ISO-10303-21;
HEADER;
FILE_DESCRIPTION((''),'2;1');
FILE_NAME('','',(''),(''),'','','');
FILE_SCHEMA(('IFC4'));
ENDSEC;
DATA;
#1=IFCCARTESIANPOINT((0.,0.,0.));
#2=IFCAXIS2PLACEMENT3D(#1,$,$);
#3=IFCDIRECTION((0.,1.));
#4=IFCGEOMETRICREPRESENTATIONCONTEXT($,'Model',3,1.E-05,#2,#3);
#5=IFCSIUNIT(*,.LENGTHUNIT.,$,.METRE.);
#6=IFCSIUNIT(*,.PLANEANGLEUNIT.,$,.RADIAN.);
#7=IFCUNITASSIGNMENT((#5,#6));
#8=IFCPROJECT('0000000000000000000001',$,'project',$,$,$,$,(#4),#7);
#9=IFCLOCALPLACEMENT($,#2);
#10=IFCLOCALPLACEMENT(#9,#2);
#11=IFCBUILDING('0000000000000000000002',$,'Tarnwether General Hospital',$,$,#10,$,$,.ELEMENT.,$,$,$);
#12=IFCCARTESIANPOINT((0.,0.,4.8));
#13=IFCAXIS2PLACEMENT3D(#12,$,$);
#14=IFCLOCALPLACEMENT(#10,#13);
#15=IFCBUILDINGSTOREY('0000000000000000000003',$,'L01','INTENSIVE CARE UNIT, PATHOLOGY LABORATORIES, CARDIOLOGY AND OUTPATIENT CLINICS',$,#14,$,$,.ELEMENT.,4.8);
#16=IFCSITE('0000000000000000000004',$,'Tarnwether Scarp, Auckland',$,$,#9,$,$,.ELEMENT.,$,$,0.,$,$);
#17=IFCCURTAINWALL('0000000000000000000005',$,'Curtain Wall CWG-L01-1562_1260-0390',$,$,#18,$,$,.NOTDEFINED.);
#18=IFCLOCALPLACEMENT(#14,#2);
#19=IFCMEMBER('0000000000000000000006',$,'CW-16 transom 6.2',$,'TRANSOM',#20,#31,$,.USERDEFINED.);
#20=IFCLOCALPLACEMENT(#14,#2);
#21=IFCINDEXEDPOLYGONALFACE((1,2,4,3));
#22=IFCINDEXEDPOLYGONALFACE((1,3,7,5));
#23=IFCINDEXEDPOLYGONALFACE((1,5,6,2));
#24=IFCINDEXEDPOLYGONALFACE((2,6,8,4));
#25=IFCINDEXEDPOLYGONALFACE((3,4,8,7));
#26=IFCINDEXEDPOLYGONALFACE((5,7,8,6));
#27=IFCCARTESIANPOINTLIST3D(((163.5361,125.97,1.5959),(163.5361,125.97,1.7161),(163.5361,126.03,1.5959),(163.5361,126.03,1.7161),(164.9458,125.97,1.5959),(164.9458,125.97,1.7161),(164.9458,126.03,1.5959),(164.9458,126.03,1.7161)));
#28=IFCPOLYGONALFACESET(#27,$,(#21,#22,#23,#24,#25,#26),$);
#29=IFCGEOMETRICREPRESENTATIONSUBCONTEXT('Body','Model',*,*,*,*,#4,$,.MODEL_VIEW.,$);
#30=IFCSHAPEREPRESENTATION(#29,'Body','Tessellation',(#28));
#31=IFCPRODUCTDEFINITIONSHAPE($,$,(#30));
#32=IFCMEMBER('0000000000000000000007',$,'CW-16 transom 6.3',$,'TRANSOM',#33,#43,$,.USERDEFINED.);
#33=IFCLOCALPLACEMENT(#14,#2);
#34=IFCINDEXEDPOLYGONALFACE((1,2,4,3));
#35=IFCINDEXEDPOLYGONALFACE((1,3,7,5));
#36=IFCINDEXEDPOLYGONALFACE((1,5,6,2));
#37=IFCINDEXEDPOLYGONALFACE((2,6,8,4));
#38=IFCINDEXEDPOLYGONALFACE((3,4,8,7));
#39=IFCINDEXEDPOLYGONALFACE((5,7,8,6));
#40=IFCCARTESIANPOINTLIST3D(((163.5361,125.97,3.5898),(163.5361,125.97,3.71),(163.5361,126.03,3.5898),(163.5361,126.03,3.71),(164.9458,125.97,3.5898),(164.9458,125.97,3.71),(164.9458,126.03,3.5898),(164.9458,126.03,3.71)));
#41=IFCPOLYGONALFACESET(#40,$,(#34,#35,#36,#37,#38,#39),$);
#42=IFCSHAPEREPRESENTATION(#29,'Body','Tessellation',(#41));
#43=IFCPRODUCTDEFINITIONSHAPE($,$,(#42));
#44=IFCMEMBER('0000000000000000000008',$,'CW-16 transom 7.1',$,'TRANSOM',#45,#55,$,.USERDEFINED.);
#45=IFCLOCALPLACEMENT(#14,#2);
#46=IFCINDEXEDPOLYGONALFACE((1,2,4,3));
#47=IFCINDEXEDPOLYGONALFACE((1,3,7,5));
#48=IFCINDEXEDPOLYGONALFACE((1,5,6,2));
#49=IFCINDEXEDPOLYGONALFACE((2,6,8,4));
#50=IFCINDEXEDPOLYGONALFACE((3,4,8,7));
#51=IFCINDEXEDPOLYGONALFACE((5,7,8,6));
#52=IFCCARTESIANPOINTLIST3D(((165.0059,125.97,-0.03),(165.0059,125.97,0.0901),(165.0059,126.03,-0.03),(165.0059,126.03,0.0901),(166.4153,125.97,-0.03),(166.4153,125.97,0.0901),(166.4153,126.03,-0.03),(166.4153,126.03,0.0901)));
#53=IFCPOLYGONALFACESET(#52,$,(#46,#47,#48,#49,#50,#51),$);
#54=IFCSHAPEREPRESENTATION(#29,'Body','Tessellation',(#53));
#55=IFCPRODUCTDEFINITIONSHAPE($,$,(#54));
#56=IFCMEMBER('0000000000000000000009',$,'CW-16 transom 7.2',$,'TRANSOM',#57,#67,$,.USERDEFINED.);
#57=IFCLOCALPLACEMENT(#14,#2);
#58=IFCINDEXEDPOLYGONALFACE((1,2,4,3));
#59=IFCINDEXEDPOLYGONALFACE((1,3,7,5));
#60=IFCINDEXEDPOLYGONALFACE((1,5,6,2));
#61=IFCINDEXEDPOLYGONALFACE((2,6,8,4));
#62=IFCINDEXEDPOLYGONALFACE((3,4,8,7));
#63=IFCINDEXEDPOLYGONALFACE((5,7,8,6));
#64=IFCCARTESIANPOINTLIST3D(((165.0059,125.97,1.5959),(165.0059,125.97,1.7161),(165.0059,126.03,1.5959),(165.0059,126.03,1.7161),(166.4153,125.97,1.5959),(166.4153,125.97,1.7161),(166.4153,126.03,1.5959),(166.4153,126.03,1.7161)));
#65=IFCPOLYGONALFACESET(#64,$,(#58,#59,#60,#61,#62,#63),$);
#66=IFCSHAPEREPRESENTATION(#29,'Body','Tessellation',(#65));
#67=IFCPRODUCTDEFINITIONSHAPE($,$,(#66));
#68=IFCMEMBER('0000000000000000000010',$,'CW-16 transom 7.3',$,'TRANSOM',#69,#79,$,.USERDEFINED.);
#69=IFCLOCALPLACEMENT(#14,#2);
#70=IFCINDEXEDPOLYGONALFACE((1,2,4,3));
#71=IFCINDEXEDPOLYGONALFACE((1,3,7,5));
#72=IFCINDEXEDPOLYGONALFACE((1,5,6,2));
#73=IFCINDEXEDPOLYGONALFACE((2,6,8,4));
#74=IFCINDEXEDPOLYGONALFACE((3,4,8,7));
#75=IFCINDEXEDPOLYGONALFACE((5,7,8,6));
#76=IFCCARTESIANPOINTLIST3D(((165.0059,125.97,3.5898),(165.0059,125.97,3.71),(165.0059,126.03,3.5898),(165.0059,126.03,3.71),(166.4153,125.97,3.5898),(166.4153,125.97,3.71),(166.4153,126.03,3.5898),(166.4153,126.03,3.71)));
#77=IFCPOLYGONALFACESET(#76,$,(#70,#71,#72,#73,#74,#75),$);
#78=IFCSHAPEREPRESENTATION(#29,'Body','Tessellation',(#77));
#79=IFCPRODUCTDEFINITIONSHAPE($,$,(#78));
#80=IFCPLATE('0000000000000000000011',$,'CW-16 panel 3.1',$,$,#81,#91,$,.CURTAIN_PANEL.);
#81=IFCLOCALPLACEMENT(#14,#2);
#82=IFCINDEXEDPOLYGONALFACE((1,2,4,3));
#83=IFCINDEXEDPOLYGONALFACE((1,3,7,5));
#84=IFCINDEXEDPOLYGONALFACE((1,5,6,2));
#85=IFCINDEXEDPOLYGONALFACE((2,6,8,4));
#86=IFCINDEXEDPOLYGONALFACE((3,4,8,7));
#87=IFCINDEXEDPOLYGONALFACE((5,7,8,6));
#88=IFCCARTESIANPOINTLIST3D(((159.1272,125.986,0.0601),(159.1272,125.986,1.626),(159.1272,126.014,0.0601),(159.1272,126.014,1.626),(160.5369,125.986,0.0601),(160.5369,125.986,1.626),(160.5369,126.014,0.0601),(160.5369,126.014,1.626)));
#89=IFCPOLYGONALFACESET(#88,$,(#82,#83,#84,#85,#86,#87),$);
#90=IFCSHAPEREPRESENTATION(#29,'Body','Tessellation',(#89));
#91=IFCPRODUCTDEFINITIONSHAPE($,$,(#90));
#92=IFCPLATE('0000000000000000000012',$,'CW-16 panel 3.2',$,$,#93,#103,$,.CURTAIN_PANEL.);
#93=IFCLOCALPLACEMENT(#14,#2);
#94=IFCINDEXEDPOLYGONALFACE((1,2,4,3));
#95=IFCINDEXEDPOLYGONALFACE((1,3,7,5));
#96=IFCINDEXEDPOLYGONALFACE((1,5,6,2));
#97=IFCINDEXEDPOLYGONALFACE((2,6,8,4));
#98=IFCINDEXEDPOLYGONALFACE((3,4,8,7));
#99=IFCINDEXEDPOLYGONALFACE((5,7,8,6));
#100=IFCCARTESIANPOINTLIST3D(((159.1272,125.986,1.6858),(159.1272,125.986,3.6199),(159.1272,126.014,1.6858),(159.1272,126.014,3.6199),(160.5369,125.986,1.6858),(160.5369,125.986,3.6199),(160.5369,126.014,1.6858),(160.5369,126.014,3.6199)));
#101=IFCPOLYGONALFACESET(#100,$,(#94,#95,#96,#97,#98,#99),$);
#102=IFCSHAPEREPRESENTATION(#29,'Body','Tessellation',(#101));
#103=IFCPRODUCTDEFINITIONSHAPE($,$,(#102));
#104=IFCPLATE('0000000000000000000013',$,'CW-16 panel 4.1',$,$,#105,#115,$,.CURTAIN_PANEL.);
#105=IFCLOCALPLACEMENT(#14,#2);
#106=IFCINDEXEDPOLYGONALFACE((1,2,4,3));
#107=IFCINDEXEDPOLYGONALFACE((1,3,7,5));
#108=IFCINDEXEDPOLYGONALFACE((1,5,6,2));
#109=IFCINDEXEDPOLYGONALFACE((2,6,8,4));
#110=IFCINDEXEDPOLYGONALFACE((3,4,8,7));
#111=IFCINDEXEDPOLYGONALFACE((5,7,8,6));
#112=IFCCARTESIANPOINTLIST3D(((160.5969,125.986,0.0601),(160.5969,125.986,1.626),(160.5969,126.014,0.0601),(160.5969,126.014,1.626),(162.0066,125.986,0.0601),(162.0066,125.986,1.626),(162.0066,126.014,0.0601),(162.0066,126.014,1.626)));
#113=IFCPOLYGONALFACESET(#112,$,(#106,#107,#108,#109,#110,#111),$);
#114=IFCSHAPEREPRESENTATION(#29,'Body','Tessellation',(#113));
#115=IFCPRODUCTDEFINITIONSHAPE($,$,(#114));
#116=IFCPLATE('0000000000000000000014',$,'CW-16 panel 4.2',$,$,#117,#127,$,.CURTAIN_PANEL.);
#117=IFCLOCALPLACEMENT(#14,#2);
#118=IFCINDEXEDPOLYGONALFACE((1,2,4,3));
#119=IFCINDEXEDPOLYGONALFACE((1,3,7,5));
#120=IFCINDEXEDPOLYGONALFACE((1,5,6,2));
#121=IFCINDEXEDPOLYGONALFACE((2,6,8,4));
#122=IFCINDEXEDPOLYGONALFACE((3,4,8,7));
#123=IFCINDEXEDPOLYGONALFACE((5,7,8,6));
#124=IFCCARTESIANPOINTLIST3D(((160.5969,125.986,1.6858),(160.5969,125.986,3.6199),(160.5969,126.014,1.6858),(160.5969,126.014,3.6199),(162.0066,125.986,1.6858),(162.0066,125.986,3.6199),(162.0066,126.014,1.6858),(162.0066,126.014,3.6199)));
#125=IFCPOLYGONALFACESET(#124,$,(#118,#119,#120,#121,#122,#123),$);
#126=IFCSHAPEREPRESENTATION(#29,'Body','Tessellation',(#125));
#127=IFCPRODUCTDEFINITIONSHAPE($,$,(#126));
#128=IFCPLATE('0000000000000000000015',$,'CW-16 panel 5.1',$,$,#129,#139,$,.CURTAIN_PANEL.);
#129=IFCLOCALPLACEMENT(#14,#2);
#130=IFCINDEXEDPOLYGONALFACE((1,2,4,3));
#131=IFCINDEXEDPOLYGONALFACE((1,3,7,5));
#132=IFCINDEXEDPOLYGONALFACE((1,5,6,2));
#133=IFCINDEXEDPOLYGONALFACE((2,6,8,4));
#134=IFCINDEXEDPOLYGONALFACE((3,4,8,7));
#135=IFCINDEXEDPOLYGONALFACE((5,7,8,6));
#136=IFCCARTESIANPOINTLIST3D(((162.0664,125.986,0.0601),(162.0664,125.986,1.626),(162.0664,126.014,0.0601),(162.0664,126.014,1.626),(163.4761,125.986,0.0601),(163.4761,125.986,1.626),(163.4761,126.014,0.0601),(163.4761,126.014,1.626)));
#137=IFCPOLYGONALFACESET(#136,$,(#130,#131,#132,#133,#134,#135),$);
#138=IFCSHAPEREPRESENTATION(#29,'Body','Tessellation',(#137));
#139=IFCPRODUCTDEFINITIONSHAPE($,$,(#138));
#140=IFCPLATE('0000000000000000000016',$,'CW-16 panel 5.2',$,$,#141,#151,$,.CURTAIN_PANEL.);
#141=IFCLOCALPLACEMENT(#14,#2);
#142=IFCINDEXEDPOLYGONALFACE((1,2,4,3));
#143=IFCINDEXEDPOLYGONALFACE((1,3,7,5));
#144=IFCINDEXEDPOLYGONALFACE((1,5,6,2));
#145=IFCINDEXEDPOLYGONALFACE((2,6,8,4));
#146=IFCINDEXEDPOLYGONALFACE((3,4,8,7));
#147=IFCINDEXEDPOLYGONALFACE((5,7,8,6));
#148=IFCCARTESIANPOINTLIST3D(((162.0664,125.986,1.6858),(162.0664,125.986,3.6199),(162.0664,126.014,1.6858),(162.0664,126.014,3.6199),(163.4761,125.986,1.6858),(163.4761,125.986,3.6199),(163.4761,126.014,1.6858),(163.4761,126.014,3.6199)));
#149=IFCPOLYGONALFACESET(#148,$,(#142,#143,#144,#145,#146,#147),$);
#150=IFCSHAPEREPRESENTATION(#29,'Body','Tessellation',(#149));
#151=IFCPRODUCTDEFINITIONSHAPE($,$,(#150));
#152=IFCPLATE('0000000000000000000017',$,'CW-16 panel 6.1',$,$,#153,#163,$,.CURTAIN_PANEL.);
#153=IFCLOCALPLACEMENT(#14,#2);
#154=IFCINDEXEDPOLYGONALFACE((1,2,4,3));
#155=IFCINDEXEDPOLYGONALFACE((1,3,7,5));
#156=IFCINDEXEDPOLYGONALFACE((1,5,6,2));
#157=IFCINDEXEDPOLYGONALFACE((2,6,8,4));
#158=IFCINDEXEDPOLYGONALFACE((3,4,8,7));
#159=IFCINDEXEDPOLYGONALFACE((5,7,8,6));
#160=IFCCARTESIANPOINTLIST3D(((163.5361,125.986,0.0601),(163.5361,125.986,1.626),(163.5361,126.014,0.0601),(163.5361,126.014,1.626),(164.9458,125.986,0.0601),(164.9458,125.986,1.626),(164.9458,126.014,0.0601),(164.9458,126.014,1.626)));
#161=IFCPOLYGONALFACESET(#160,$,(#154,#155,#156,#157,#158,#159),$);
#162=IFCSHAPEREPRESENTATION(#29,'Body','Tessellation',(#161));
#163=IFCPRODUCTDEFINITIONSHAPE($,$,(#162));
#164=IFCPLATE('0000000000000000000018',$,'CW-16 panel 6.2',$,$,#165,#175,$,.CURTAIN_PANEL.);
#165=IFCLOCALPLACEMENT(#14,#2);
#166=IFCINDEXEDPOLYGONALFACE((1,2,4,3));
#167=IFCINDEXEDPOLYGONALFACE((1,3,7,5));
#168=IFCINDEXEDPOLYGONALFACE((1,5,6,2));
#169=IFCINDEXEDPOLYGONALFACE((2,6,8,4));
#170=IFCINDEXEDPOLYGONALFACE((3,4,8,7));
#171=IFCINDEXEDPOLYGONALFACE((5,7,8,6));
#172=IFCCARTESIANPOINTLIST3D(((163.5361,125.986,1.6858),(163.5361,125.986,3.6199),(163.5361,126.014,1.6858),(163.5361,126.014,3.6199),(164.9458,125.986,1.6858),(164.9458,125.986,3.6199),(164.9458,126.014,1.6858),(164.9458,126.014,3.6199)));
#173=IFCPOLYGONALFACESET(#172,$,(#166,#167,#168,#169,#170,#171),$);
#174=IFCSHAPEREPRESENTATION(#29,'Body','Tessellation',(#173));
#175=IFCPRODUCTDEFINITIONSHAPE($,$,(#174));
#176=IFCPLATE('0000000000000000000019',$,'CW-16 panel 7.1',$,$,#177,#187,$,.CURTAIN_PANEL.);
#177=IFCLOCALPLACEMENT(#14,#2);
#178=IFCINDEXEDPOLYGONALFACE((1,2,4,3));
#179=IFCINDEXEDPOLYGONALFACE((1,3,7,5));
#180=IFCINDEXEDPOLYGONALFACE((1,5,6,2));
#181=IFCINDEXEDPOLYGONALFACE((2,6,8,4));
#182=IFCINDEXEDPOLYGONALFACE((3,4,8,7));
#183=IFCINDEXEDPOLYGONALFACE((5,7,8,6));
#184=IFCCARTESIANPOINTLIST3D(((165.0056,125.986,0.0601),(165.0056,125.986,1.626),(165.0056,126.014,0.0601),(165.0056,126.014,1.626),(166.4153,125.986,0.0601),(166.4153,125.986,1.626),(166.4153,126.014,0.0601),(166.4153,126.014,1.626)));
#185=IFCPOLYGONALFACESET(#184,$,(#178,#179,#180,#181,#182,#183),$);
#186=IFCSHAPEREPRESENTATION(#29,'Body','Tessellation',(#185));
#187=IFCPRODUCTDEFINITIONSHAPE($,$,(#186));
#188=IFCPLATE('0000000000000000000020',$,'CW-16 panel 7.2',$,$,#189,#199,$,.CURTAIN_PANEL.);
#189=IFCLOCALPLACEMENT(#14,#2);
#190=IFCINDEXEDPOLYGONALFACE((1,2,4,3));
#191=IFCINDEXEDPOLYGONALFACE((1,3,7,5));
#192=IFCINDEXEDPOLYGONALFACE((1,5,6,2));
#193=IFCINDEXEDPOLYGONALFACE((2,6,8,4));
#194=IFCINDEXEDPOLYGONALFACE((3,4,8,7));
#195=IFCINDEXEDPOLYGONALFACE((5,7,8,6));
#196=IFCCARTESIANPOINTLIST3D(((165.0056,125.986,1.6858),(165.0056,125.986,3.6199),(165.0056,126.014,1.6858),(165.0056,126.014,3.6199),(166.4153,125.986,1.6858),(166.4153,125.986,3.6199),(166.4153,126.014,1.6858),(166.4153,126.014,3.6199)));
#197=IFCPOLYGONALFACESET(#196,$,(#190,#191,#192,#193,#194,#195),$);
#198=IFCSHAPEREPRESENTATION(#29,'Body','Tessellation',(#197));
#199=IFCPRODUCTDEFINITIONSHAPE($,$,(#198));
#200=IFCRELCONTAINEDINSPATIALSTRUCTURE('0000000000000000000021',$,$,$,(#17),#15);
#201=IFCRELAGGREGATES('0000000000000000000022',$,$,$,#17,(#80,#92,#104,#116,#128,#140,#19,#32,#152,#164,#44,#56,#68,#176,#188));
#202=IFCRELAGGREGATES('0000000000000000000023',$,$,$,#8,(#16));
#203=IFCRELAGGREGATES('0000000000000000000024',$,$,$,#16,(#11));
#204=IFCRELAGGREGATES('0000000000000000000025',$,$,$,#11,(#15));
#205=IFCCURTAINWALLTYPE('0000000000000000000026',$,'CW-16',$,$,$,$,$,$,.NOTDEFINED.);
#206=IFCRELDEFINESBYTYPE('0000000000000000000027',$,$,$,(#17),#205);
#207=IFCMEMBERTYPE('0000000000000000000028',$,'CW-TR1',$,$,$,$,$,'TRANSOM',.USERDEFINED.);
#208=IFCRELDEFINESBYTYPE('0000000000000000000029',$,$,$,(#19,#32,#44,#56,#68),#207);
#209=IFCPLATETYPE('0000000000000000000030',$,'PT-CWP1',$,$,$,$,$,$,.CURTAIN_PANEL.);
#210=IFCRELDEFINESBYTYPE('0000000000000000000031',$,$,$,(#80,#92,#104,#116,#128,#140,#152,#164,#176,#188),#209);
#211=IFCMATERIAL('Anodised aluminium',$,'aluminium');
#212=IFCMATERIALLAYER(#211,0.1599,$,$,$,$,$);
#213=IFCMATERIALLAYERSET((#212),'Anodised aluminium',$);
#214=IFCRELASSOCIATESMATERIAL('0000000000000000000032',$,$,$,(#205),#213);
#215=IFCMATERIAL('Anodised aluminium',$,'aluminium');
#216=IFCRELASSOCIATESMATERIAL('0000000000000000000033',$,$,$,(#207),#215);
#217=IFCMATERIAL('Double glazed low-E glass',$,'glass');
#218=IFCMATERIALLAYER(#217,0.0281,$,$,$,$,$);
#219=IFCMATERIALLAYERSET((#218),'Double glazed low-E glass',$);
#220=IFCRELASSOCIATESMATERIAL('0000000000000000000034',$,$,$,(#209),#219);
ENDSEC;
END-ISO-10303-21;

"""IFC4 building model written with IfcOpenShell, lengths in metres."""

from ifc_helpers import new_model, si_unit, direction, frame, origin, origin_2d, place, context, subcontext, project, spatial, rectangle, extrude, material, layer, layer_set, material_profile, profile_set, type_object, element, aggregate, save


model = new_model("IFC4")

# Units and contexts
model_context = context("Model", 3, precision=1e-05, world=origin(), true_north=direction((0.0, 1.0)))
body_context = subcontext(model_context, "Body", "Model", "MODEL_VIEW")
ifc_project = project(units=[si_unit("LENGTHUNIT", "METRE"), si_unit("PLANEANGLEUNIT", "RADIAN")], contexts=[model_context])

# Site, building, storey
site_placement = place(None, origin())
site = spatial("IfcSite", under=ifc_project, at=site_placement, Name="Tarnwether Scarp, Auckland", CompositionType="ELEMENT", RefElevation=0.0)
building_placement = place(site_placement, origin())
building = spatial("IfcBuilding", under=site, at=building_placement, Name="Tarnwether General Hospital", CompositionType="ELEMENT")
storey_placement = place(building_placement, frame((0.0, 0.0, 4.8)))
storey = spatial("IfcBuildingStorey", under=building, at=storey_placement, Name="L01", Description="INTENSIVE CARE UNIT, PATHOLOGY LABORATORIES, CARDIOLOGY AND OUTPATIENT CLINICS", CompositionType="ELEMENT", Elevation=4.8)

# Curtain wall, members, plates
ifc_material_1 = material(Name="Anodised aluminium", Category="aluminium")
ifc_layer_1 = layer(ifc_material_1, 0.1599)
ifc_layer_set_1 = layer_set([ifc_layer_1], Name="Anodised aluminium")
curtain_wall_type = type_object("IfcCurtainWallType", Name="CW-16", PredefinedType="NOTDEFINED", material=ifc_layer_set_1)
curtain_wall_placement = place(storey_placement, origin())
curtain_wall = element("IfcCurtainWall", 1, at=curtain_wall_placement, inside=storey, type_object=curtain_wall_type, Name="Curtain Wall CWG-L01-1562_1260-0390", PredefinedType="NOTDEFINED")
ifc_material_2 = material(Name="Anodised aluminium", Category="aluminium")
ifc_material_profile_1 = material_profile(ifc_material_2, rectangle(XDim=0.0601, YDim=0.1201, at=origin_2d()), Name="ALU-TRN-60x120")
ifc_profile_set_1 = profile_set([ifc_material_profile_1], Name="Anodised aluminium")
member_type_1 = type_object("IfcMemberType", Name="CW-TR1", ElementType="TRANSOM", PredefinedType="USERDEFINED", material=ifc_profile_set_1)
member_1_placement = place(storey_placement, frame((163.5361, 126.0, 1.656), z_axis=(1.0, 0.0, 0.0), x_axis=(0.0, 1.0, 0.0)))
member_1 = element("IfcMember", 2, at=member_1_placement, type_object=member_type_1, Name="CW-16 transom 6.2", ObjectType="TRANSOM", PredefinedType="USERDEFINED", context=body_context, shape_type="SweptSolid", body=[
    extrude(rectangle(XDim=0.0601, YDim=0.1201, at=origin_2d()), origin(), (0.0, 0.0, 1.0), 1.4097),
])
member_2_placement = place(storey_placement, frame((163.5361, 126.0, 3.6499), z_axis=(1.0, 0.0, 0.0), x_axis=(0.0, 1.0, 0.0)))
member_2 = element("IfcMember", 3, at=member_2_placement, type_object=member_type_1, Name="CW-16 transom 6.3", ObjectType="TRANSOM", PredefinedType="USERDEFINED", context=body_context, shape_type="SweptSolid", body=[
    extrude(rectangle(XDim=0.0601, YDim=0.1201, at=origin_2d()), origin(), (0.0, 0.0, 1.0), 1.4097),
])
member_3_placement = place(storey_placement, frame((165.0059, 126.0, 0.03), z_axis=(1.0, 0.0, 0.0), x_axis=(0.0, 1.0, 0.0)))
member_3 = element("IfcMember", 4, at=member_3_placement, type_object=member_type_1, Name="CW-16 transom 7.1", ObjectType="TRANSOM", PredefinedType="USERDEFINED", context=body_context, shape_type="SweptSolid", body=[
    extrude(rectangle(XDim=0.0601, YDim=0.1201, at=origin_2d()), origin(), (0.0, 0.0, 1.0), 1.4094),
])
member_4_placement = place(storey_placement, frame((165.0059, 126.0, 1.656), z_axis=(1.0, 0.0, 0.0), x_axis=(0.0, 1.0, 0.0)))
member_4 = element("IfcMember", 5, at=member_4_placement, type_object=member_type_1, Name="CW-16 transom 7.2", ObjectType="TRANSOM", PredefinedType="USERDEFINED", context=body_context, shape_type="SweptSolid", body=[
    extrude(rectangle(XDim=0.0601, YDim=0.1201, at=origin_2d()), origin(), (0.0, 0.0, 1.0), 1.4094),
])
member_5_placement = place(storey_placement, frame((165.0059, 126.0, 3.6499), z_axis=(1.0, 0.0, 0.0), x_axis=(0.0, 1.0, 0.0)))
member_5 = element("IfcMember", 6, at=member_5_placement, type_object=member_type_1, Name="CW-16 transom 7.3", ObjectType="TRANSOM", PredefinedType="USERDEFINED", context=body_context, shape_type="SweptSolid", body=[
    extrude(rectangle(XDim=0.0601, YDim=0.1201, at=origin_2d()), origin(), (0.0, 0.0, 1.0), 1.4094),
])
ifc_material_3 = material(Name="Double glazed low-E glass", Category="glass")
ifc_layer_2 = layer(ifc_material_3, 0.0281)
ifc_layer_set_2 = layer_set([ifc_layer_2], Name="Double glazed low-E glass")
plate_type = type_object("IfcPlateType", Name="PT-CWP1", PredefinedType="CURTAIN_PANEL", material=ifc_layer_set_2)
plate_1_placement = place(storey_placement, frame((159.832, 126.0, 0.0601), z_axis=(0.0, 0.0, 1.0), x_axis=(1.0, 0.0, 0.0)))
plate_1 = element("IfcPlate", 7, at=plate_1_placement, type_object=plate_type, Name="CW-16 panel 3.1", PredefinedType="CURTAIN_PANEL", context=body_context, shape_type="SweptSolid", body=[
    extrude(rectangle(XDim=1.4097, YDim=0.0281, at=origin_2d()), origin(), (0.0, 0.0, 1.0), 1.5659),
])
plate_2_placement = place(storey_placement, frame((159.832, 126.0, 1.6858), z_axis=(0.0, 0.0, 1.0), x_axis=(1.0, 0.0, 0.0)))
plate_2 = element("IfcPlate", 8, at=plate_2_placement, type_object=plate_type, Name="CW-16 panel 3.2", PredefinedType="CURTAIN_PANEL", context=body_context, shape_type="SweptSolid", body=[
    extrude(rectangle(XDim=1.4097, YDim=0.0281, at=origin_2d()), origin(), (0.0, 0.0, 1.0), 1.9341),
])
plate_3_placement = place(storey_placement, frame((161.3018, 126.0, 0.0601), z_axis=(0.0, 0.0, 1.0), x_axis=(1.0, 0.0, 0.0)))
plate_3 = element("IfcPlate", 9, at=plate_3_placement, type_object=plate_type, Name="CW-16 panel 4.1", PredefinedType="CURTAIN_PANEL", context=body_context, shape_type="SweptSolid", body=[
    extrude(rectangle(XDim=1.4097, YDim=0.0281, at=origin_2d()), origin(), (0.0, 0.0, 1.0), 1.5659),
])
plate_4_placement = place(storey_placement, frame((161.3018, 126.0, 1.6858), z_axis=(0.0, 0.0, 1.0), x_axis=(1.0, 0.0, 0.0)))
plate_4 = element("IfcPlate", 10, at=plate_4_placement, type_object=plate_type, Name="CW-16 panel 4.2", PredefinedType="CURTAIN_PANEL", context=body_context, shape_type="SweptSolid", body=[
    extrude(rectangle(XDim=1.4097, YDim=0.0281, at=origin_2d()), origin(), (0.0, 0.0, 1.0), 1.9341),
])
plate_5_placement = place(storey_placement, frame((162.7712, 126.0, 0.0601), z_axis=(0.0, 0.0, 1.0), x_axis=(1.0, 0.0, 0.0)))
plate_5 = element("IfcPlate", 11, at=plate_5_placement, type_object=plate_type, Name="CW-16 panel 5.1", PredefinedType="CURTAIN_PANEL", context=body_context, shape_type="SweptSolid", body=[
    extrude(rectangle(XDim=1.4097, YDim=0.0281, at=origin_2d()), origin(), (0.0, 0.0, 1.0), 1.5659),
])
plate_6_placement = place(storey_placement, frame((162.7712, 126.0, 1.6858), z_axis=(0.0, 0.0, 1.0), x_axis=(1.0, 0.0, 0.0)))
plate_6 = element("IfcPlate", 12, at=plate_6_placement, type_object=plate_type, Name="CW-16 panel 5.2", PredefinedType="CURTAIN_PANEL", context=body_context, shape_type="SweptSolid", body=[
    extrude(rectangle(XDim=1.4097, YDim=0.0281, at=origin_2d()), origin(), (0.0, 0.0, 1.0), 1.9341),
])
plate_7_placement = place(storey_placement, frame((164.241, 126.0, 0.0601), z_axis=(0.0, 0.0, 1.0), x_axis=(1.0, 0.0, 0.0)))
plate_7 = element("IfcPlate", 13, at=plate_7_placement, type_object=plate_type, Name="CW-16 panel 6.1", PredefinedType="CURTAIN_PANEL", context=body_context, shape_type="SweptSolid", body=[
    extrude(rectangle(XDim=1.4097, YDim=0.0281, at=origin_2d()), origin(), (0.0, 0.0, 1.0), 1.5659),
])
plate_8_placement = place(storey_placement, frame((164.241, 126.0, 1.6858), z_axis=(0.0, 0.0, 1.0), x_axis=(1.0, 0.0, 0.0)))
plate_8 = element("IfcPlate", 14, at=plate_8_placement, type_object=plate_type, Name="CW-16 panel 6.2", PredefinedType="CURTAIN_PANEL", context=body_context, shape_type="SweptSolid", body=[
    extrude(rectangle(XDim=1.4097, YDim=0.0281, at=origin_2d()), origin(), (0.0, 0.0, 1.0), 1.9341),
])
plate_9_placement = place(storey_placement, frame((165.7104, 126.0, 0.0601), z_axis=(0.0, 0.0, 1.0), x_axis=(1.0, 0.0, 0.0)))
plate_9 = element("IfcPlate", 15, at=plate_9_placement, type_object=plate_type, Name="CW-16 panel 7.1", PredefinedType="CURTAIN_PANEL", context=body_context, shape_type="SweptSolid", body=[
    extrude(rectangle(XDim=1.4097, YDim=0.0281, at=origin_2d()), origin(), (0.0, 0.0, 1.0), 1.5659),
])
plate_10_placement = place(storey_placement, frame((165.7104, 126.0, 1.6858), z_axis=(0.0, 0.0, 1.0), x_axis=(1.0, 0.0, 0.0)))
plate_10 = element("IfcPlate", 16, at=plate_10_placement, type_object=plate_type, Name="CW-16 panel 7.2", PredefinedType="CURTAIN_PANEL", context=body_context, shape_type="SweptSolid", body=[
    extrude(rectangle(XDim=1.4097, YDim=0.0281, at=origin_2d()), origin(), (0.0, 0.0, 1.0), 1.9341),
])
aggregate(curtain_wall, [plate_1, plate_2, plate_3, plate_4, plate_5, plate_6, member_1, member_2, plate_7, plate_8, member_3, member_4, member_5, plate_9, plate_10])

save(model, "model.ifc")
